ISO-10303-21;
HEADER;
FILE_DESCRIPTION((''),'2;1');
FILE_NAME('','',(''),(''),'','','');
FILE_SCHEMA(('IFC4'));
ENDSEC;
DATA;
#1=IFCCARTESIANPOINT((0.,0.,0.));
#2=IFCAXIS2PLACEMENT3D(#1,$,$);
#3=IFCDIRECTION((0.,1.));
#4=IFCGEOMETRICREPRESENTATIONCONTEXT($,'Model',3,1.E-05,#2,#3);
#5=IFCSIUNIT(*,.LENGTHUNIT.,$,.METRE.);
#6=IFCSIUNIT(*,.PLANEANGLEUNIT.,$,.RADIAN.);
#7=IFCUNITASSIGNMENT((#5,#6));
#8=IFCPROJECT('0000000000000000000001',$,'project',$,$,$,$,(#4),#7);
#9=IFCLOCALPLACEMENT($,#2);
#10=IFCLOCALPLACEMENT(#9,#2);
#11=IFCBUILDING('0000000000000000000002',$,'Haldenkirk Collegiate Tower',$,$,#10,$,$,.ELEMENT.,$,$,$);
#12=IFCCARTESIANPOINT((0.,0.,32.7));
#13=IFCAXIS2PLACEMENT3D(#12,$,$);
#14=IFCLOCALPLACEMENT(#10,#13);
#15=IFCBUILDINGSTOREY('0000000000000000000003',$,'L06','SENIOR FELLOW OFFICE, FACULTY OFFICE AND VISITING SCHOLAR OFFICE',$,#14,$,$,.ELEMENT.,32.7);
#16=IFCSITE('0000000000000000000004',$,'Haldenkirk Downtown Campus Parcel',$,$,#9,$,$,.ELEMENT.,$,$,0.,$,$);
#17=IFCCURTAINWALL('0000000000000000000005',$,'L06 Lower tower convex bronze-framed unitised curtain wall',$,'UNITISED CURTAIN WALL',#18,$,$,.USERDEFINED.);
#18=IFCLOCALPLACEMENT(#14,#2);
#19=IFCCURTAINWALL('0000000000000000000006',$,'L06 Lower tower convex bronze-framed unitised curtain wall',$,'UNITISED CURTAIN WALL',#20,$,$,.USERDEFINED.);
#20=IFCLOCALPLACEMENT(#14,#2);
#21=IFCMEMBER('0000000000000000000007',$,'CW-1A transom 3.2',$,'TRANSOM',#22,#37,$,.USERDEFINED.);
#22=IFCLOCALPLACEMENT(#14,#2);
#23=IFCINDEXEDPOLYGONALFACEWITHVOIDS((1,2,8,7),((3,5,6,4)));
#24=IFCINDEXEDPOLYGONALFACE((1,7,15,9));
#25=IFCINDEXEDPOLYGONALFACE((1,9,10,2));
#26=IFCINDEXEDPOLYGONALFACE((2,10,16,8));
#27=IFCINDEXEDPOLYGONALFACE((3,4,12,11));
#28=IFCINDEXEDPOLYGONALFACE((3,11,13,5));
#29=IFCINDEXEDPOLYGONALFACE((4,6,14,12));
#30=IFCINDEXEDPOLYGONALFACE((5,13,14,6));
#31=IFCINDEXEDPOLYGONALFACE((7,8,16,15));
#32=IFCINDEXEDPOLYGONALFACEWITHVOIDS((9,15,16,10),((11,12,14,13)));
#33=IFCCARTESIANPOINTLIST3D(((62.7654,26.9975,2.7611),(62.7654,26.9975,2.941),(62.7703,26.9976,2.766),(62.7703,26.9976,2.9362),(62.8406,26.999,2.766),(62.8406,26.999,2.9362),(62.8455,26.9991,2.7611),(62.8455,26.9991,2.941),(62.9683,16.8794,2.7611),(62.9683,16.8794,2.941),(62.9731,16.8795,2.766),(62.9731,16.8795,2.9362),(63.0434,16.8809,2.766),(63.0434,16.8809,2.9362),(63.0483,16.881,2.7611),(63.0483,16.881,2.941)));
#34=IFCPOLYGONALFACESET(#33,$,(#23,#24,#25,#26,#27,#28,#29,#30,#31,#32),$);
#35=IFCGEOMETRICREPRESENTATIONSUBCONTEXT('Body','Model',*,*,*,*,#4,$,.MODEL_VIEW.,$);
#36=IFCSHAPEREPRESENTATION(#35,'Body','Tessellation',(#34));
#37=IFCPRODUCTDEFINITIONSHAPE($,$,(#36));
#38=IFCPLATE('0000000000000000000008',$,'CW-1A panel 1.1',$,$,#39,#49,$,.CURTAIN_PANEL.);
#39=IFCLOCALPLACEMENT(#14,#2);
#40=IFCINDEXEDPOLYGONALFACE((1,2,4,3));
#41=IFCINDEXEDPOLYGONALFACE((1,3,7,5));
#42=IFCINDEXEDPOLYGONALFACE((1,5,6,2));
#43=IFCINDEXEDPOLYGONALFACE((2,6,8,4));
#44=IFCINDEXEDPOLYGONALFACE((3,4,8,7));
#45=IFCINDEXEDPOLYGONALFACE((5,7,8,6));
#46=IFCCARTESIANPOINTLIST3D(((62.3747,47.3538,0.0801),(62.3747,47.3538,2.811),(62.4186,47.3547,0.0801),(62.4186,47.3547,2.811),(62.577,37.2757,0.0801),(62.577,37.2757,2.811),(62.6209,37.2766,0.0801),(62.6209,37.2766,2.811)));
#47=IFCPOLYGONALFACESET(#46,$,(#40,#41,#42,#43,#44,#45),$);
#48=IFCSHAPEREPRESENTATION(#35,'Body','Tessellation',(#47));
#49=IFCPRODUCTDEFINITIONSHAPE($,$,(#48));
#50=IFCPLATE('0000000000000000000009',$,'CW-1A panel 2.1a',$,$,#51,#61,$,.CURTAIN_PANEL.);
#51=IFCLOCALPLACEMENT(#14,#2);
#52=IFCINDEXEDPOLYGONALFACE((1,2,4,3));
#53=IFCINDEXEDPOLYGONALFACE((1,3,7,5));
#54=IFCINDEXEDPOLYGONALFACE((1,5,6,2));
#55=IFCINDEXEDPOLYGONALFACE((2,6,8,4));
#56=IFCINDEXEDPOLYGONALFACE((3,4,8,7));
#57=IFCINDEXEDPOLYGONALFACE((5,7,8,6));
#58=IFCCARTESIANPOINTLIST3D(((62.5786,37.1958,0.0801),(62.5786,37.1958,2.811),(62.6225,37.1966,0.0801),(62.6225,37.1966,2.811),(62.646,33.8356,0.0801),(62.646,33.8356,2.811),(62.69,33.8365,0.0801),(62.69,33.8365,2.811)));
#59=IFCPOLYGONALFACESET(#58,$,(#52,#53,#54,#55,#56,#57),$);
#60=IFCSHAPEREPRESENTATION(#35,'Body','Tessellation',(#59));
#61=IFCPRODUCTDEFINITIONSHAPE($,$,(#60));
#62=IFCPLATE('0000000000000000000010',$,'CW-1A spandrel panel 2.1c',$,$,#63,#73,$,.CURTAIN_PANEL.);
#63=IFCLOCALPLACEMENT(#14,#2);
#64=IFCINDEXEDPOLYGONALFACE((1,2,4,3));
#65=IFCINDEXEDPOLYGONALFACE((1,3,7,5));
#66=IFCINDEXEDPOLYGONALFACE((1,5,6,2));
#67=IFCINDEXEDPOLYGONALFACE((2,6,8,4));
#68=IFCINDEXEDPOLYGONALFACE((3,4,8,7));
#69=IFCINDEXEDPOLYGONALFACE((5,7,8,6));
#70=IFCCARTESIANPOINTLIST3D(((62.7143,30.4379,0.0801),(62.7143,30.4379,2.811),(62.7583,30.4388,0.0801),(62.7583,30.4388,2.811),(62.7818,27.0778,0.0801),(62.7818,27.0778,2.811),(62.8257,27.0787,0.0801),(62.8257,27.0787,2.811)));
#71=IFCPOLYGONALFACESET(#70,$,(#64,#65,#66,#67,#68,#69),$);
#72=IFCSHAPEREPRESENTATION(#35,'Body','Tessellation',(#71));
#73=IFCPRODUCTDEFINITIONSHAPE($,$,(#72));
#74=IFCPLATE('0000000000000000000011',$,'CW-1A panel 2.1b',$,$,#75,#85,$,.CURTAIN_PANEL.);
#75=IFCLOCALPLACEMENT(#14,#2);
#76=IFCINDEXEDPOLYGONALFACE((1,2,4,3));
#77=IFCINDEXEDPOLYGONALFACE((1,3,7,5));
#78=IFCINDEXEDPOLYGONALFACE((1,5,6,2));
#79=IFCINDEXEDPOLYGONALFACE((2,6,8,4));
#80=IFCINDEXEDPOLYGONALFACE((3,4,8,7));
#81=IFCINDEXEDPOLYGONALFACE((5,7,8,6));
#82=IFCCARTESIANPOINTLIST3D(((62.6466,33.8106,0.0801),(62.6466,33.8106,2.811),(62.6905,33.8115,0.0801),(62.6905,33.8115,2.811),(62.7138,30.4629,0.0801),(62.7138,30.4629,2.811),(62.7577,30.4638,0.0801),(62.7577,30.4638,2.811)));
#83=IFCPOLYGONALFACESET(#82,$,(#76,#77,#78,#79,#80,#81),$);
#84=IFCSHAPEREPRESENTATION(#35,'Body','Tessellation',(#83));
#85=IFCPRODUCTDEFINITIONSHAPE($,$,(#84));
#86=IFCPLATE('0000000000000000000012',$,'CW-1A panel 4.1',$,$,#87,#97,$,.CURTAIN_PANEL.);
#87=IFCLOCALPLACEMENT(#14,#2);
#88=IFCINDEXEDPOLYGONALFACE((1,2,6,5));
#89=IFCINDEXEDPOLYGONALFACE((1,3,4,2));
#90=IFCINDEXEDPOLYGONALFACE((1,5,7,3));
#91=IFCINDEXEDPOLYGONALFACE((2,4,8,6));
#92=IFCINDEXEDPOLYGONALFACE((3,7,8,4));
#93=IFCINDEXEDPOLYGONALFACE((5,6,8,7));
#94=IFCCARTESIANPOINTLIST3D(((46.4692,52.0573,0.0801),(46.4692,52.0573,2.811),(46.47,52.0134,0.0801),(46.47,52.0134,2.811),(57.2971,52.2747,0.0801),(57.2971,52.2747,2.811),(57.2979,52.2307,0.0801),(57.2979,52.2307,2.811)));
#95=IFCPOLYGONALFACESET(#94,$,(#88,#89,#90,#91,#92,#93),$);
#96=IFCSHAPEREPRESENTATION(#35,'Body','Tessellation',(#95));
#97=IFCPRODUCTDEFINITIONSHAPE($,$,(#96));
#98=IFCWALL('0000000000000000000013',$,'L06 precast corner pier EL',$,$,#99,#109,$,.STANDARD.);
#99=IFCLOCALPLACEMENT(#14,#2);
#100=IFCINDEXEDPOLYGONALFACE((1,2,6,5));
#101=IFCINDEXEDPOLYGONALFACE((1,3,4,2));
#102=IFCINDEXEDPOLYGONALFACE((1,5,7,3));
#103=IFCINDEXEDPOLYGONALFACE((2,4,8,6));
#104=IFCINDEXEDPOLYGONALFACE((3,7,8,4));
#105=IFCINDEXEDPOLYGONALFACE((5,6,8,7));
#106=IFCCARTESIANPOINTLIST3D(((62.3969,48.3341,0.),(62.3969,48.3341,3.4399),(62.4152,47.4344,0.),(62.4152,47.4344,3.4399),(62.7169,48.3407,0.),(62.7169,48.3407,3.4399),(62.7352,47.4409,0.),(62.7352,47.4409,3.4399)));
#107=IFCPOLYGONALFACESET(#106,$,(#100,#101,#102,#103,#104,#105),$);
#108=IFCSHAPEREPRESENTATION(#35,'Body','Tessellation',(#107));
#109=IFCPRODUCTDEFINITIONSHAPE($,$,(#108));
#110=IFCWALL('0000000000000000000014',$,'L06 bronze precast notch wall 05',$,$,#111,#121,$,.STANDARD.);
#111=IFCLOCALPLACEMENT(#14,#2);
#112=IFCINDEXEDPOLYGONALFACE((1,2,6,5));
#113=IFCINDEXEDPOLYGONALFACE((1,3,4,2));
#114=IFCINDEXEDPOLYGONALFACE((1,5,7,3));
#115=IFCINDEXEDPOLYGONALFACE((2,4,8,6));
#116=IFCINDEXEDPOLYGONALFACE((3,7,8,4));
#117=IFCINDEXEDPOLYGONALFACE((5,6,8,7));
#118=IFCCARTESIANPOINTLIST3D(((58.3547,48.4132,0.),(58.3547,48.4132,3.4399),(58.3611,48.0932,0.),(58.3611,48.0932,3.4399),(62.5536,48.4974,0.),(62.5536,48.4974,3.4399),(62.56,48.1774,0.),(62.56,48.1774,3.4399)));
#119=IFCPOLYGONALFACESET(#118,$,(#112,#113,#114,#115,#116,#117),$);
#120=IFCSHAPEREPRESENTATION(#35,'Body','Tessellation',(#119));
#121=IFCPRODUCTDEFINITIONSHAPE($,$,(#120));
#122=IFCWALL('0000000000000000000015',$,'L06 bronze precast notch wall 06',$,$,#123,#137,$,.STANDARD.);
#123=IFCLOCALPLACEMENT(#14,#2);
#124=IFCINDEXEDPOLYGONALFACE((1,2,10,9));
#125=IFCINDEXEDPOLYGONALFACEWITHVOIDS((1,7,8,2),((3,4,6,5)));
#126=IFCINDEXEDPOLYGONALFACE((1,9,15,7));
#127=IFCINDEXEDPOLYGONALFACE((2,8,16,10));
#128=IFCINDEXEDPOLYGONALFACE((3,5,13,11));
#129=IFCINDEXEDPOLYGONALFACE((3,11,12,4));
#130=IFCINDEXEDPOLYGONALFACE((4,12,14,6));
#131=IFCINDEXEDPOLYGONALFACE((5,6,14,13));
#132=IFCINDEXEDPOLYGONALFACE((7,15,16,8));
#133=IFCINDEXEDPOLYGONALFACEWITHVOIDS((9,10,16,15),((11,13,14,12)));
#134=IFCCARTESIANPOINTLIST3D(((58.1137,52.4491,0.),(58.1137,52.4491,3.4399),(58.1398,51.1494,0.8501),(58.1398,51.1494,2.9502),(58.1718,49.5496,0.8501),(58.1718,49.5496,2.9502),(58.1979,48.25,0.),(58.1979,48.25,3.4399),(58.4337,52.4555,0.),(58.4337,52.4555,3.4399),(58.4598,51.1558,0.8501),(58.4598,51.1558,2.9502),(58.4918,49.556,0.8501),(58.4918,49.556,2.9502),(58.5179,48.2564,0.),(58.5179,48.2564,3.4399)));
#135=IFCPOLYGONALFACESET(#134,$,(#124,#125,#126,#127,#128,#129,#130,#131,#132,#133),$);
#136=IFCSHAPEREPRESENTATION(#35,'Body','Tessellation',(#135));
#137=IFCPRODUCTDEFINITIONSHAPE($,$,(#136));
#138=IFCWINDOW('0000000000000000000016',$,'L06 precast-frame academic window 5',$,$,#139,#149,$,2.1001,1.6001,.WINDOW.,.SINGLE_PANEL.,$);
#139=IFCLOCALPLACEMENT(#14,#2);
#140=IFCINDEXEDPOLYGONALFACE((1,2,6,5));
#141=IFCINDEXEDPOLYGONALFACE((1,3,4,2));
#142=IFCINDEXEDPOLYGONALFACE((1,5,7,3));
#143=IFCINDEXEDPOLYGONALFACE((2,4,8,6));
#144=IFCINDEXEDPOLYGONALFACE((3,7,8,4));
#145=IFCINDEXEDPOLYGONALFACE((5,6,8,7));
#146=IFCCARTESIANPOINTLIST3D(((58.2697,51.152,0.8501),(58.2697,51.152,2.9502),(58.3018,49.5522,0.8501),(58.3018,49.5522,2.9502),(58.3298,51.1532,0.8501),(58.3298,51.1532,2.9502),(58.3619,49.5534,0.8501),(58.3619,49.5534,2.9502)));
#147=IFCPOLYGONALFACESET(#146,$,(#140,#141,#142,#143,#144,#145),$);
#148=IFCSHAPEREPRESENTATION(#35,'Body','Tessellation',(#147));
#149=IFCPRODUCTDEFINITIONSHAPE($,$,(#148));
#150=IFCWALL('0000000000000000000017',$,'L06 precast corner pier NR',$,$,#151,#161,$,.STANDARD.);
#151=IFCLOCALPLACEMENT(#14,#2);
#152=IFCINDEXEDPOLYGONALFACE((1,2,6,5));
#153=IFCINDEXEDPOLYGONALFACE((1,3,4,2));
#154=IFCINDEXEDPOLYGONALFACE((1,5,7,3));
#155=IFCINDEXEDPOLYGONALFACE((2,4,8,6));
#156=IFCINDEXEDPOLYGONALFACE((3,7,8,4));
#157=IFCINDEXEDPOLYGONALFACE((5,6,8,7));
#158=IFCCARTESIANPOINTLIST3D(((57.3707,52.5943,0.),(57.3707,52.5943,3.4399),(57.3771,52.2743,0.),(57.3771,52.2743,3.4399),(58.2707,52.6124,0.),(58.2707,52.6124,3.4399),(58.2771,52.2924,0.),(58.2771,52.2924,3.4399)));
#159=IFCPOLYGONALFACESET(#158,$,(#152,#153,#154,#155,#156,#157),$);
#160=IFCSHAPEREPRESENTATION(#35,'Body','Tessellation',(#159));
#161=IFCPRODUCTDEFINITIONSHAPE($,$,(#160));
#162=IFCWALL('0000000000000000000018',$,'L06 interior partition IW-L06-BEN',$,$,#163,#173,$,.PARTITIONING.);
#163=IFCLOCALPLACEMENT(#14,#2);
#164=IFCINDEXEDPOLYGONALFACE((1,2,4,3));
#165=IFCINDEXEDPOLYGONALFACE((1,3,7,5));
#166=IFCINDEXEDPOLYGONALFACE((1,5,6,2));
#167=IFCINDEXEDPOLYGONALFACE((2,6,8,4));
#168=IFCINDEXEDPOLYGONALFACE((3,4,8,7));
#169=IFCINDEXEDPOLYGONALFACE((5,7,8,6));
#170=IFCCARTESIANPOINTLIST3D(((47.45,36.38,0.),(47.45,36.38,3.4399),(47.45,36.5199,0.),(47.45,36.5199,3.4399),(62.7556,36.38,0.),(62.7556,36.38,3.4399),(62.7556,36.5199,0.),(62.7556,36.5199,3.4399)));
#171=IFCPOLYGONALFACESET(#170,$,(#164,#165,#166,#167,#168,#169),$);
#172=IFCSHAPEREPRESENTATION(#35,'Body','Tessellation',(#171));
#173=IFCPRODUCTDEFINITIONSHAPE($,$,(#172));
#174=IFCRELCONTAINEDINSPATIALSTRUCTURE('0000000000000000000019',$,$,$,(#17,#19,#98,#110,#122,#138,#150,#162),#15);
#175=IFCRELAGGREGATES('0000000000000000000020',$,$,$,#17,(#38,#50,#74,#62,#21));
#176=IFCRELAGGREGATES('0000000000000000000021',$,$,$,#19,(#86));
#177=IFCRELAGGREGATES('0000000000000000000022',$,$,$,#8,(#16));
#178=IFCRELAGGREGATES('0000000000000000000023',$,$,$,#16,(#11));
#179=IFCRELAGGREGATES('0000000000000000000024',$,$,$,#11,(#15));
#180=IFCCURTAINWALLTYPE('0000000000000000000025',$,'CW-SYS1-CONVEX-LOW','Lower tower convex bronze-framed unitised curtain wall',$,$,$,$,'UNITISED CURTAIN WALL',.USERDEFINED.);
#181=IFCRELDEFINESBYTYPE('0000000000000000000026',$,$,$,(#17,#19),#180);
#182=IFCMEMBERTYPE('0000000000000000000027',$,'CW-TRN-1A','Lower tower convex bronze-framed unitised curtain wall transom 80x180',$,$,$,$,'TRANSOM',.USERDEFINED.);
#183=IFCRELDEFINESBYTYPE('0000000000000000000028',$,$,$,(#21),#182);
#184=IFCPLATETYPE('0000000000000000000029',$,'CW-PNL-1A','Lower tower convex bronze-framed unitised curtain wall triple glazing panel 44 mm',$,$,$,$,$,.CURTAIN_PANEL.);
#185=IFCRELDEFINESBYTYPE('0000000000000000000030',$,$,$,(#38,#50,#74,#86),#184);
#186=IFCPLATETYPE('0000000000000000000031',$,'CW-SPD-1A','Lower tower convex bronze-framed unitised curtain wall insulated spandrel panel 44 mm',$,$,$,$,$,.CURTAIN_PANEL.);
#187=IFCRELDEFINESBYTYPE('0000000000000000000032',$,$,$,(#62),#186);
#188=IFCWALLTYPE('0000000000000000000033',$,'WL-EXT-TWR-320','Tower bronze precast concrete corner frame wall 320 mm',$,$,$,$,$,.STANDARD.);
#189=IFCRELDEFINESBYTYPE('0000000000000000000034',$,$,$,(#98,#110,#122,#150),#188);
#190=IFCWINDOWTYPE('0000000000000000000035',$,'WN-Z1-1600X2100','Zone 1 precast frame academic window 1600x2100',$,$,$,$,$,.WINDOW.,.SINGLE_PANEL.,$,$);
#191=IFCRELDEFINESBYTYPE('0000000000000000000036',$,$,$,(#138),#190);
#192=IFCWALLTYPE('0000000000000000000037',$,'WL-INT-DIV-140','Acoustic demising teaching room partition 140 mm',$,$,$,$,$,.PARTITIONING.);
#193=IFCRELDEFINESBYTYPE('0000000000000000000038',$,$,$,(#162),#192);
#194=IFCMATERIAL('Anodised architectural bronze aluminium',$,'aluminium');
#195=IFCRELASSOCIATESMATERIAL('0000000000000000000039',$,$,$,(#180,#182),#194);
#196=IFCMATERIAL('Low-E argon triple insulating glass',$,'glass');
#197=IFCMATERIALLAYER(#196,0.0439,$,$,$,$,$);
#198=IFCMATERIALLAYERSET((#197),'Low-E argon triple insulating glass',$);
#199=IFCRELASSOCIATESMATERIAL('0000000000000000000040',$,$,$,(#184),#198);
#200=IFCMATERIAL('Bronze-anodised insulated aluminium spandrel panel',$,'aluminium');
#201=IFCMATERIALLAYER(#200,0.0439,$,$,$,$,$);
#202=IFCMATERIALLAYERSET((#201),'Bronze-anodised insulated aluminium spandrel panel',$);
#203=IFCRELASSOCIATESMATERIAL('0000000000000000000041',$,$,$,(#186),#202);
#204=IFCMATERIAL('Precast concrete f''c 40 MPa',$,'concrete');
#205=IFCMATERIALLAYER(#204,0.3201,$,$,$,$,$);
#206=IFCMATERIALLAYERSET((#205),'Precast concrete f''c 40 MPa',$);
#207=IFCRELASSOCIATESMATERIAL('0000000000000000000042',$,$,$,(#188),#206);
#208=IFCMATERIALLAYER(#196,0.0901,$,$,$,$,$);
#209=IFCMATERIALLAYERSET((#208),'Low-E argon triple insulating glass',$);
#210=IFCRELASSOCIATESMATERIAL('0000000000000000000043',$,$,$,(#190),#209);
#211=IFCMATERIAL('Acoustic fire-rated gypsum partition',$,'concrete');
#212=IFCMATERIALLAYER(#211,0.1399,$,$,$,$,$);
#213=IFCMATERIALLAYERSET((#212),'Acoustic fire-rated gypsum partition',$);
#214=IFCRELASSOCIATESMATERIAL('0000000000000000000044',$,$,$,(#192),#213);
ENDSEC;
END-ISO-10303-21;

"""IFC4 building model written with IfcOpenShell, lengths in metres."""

from ifc_helpers import new_model, si_unit, direction, frame, frame_2d, origin, origin_2d, place, context, subcontext, project, spatial, rectangle, hollow_rectangle, extrude, source, transform, mapped, material, layer, layer_set, material_profile, profile_set, type_object, element, fill, aggregate, save


model = new_model("IFC4")

# Units and contexts
model_context = context("Model", 3, precision=1e-05, world=origin(), true_north=direction((0.0, 1.0)))
body_context = subcontext(model_context, "Body", "Model", "MODEL_VIEW")
ifc_project = project(units=[si_unit("LENGTHUNIT", "METRE"), si_unit("PLANEANGLEUNIT", "RADIAN")], contexts=[model_context])

# Site, building, storey
site_placement = place(None, origin())
site = spatial("IfcSite", under=ifc_project, at=site_placement, Name="Haldenkirk Downtown Campus Parcel", CompositionType="ELEMENT", RefElevation=0.0)
building_placement = place(site_placement, origin())
building = spatial("IfcBuilding", under=site, at=building_placement, Name="Haldenkirk Collegiate Tower", CompositionType="ELEMENT")
storey_placement = place(building_placement, frame((0.0, 0.0, 32.7)))
storey = spatial("IfcBuildingStorey", under=building, at=storey_placement, Name="L06", Description="SENIOR FELLOW OFFICE, FACULTY OFFICE AND VISITING SCHOLAR OFFICE", CompositionType="ELEMENT", Elevation=32.7)

# Curtain wall
ifc_material_1 = material(Name="Anodised architectural bronze aluminium", Category="aluminium")
curtain_wall_type = type_object("IfcCurtainWallType", Name="CW-SYS1-CONVEX-LOW", Description="Lower tower convex bronze-framed unitised curtain wall", ElementType="UNITISED CURTAIN WALL", PredefinedType="USERDEFINED", material=ifc_material_1)
curtain_wall_1_placement = place(storey_placement, origin())
curtain_wall_1 = element("IfcCurtainWall", 1, at=curtain_wall_1_placement, inside=storey, type_object=curtain_wall_type, Name="L06 Lower tower convex bronze-framed unitised curtain wall", ObjectType="UNITISED CURTAIN WALL", PredefinedType="USERDEFINED")

# Curtain wall
curtain_wall_2_placement = place(storey_placement, origin())
curtain_wall_2 = element("IfcCurtainWall", 2, at=curtain_wall_2_placement, inside=storey, type_object=curtain_wall_type, Name="L06 Lower tower convex bronze-framed unitised curtain wall", ObjectType="UNITISED CURTAIN WALL", PredefinedType="USERDEFINED")

# Member
ifc_material_profile_1 = material_profile(ifc_material_1, hollow_rectangle(XDim=0.0801, YDim=0.1799, WallThickness=0.0049, at=origin_2d()), Name="CW-TRN-1A")
ifc_profile_set_1 = profile_set([ifc_material_profile_1], Name="Anodised architectural bronze aluminium")
member_type_1 = type_object("IfcMemberType", Name="CW-TRN-1A", Description="Lower tower convex bronze-framed unitised curtain wall transom 80x180", ElementType="TRANSOM", PredefinedType="USERDEFINED", material=ifc_profile_set_1)
member_1_placement = place(storey_placement, frame((62.8054, 26.9983, 2.8511), z_axis=(0.020047, -0.999799, 0.0), x_axis=(0.999799, 0.020047, 0.0)))
member_1 = element("IfcMember", 3, at=member_1_placement, type_object=member_type_1, Name="CW-1A transom 3.2", ObjectType="TRANSOM", PredefinedType="USERDEFINED", context=body_context, shape_type="SweptSolid", body=[
    extrude(hollow_rectangle(XDim=0.0801, YDim=0.1799, WallThickness=0.0049, at=origin_2d()), origin(), (0.0, 0.0, 1.0), 10.1201),
])

# Plates
ifc_material_2 = material(Name="Low-E argon triple insulating glass", Category="glass")
ifc_layer_1 = layer(ifc_material_2, 0.0439)
ifc_layer_set_1 = layer_set([ifc_layer_1], Name="Low-E argon triple insulating glass")
plate_type_1 = type_object("IfcPlateType", Name="CW-PNL-1A", Description="Lower tower convex bronze-framed unitised curtain wall triple glazing panel 44 mm", PredefinedType="CURTAIN_PANEL", material=ifc_layer_set_1)
shared_shape_1 = source(origin(), body_context, "Body", "SweptSolid", [
    extrude(rectangle(XDim=10.0801, YDim=0.0439, at=origin_2d()), origin(), (0.0, 0.0, 1.0), 2.731),
])
plate_1_placement = place(storey_placement, frame((62.4978, 42.3152, 0.0801), z_axis=(0.0, 0.0, 1.0), x_axis=(0.020069, -0.999799, 0.0)))
plate_1 = element("IfcPlate", 4, at=plate_1_placement, type_object=plate_type_1, Name="CW-1A panel 1.1", PredefinedType="CURTAIN_PANEL", context=body_context, shape_type="MappedRepresentation", body=[
    mapped(shared_shape_1, transform((0.0, 0.0, 0.0), x_axis=(1.0, 0.0, 0.0), y_axis=(0.0, 1.0, 0.0), z_axis=(0.0, 0.0, 1.0), scale=1.0)),
])
shared_shape_2 = source(origin(), body_context, "Body", "SweptSolid", [
    extrude(rectangle(XDim=3.3608, YDim=0.0439, at=origin_2d()), origin(), (0.0, 0.0, 1.0), 2.731),
])
plate_2_placement = place(storey_placement, frame((62.6343, 35.5161, 0.0801), z_axis=(0.0, 0.0, 1.0), x_axis=(0.020069, -0.999799, 0.0)))
plate_2 = element("IfcPlate", 5, at=plate_2_placement, type_object=plate_type_1, Name="CW-1A panel 2.1a", PredefinedType="CURTAIN_PANEL", context=body_context, shape_type="MappedRepresentation", body=[
    mapped(shared_shape_2, transform((0.0, 0.0, 0.0), x_axis=(1.0, 0.0, 0.0), y_axis=(0.0, 1.0, 0.0), z_axis=(0.0, 0.0, 1.0), scale=1.0)),
])
ifc_material_3 = material(Name="Bronze-anodised insulated aluminium spandrel panel", Category="aluminium")
ifc_layer_2 = layer(ifc_material_3, 0.0439)
ifc_layer_set_2 = layer_set([ifc_layer_2], Name="Bronze-anodised insulated aluminium spandrel panel")
plate_type_2 = type_object("IfcPlateType", Name="CW-SPD-1A", Description="Lower tower convex bronze-framed unitised curtain wall insulated spandrel panel 44 mm", PredefinedType="CURTAIN_PANEL", material=ifc_layer_set_2)
plate_3_placement = place(storey_placement, frame((62.77, 28.7583, 0.0801), z_axis=(0.0, 0.0, 1.0), x_axis=(0.020069, -0.999799, 0.0)))
plate_3 = element("IfcPlate", 6, at=plate_3_placement, type_object=plate_type_2, Name="CW-1A spandrel panel 2.1c", PredefinedType="CURTAIN_PANEL", context=body_context, shape_type="MappedRepresentation", body=[
    mapped(shared_shape_2, transform((0.0, 0.0, 0.0), x_axis=(1.0, 0.0, 0.0), y_axis=(0.0, 1.0, 0.0), z_axis=(0.0, 0.0, 1.0), scale=1.0)),
])
shared_shape_3 = source(origin(), body_context, "Body", "SweptSolid", [
    extrude(rectangle(XDim=3.3484, YDim=0.0439, at=origin_2d()), origin(), (0.0, 0.0, 1.0), 2.731),
])
plate_4_placement = place(storey_placement, frame((62.7021, 32.1372, 0.0801), z_axis=(0.0, 0.0, 1.0), x_axis=(0.020069, -0.999799, 0.0)))
plate_4 = element("IfcPlate", 7, at=plate_4_placement, type_object=plate_type_1, Name="CW-1A panel 2.1b", PredefinedType="CURTAIN_PANEL", context=body_context, shape_type="MappedRepresentation", body=[
    mapped(shared_shape_3, transform((0.0, 0.0, 0.0), x_axis=(1.0, 0.0, 0.0), y_axis=(0.0, 1.0, 0.0), z_axis=(0.0, 0.0, 1.0), scale=1.0)),
])
aggregate(curtain_wall_1, [plate_1, plate_2, plate_4, plate_3, member_1])
shared_shape_4 = source(origin(), body_context, "Body", "SweptSolid", [
    extrude(rectangle(XDim=10.8301, YDim=0.0439, at=origin_2d()), origin(), (0.0, 0.0, 1.0), 2.731),
])
plate_5_placement = place(storey_placement, frame((51.8835, 52.144, 0.0801), z_axis=(0.0, 0.0, 1.0), x_axis=(0.999799, 0.020068, 0.0)))
plate_5 = element("IfcPlate", 8, at=plate_5_placement, type_object=plate_type_1, Name="CW-1A panel 4.1", PredefinedType="CURTAIN_PANEL", context=body_context, shape_type="MappedRepresentation", body=[
    mapped(shared_shape_4, transform((0.0, 0.0, 0.0), x_axis=(1.0, 0.0, 0.0), y_axis=(0.0, 1.0, 0.0), z_axis=(0.0, 0.0, 1.0), scale=1.0)),
])
aggregate(curtain_wall_2, [plate_5])

# Walls
ifc_material_4 = material(Name="Precast concrete f'c 40 MPa", Category="concrete")
ifc_layer_3 = layer(ifc_material_4, 0.3201)
ifc_layer_set_3 = layer_set([ifc_layer_3], Name="Precast concrete f'c 40 MPa")
wall_type_1 = type_object("IfcWallType", Name="WL-EXT-TWR-320", Description="Tower bronze precast concrete corner frame wall 320 mm", PredefinedType="STANDARD", material=ifc_layer_set_3)
wall_1_placement = place(storey_placement, frame((62.5569, 48.3374, 0.0), z_axis=(0.0, 0.0, 1.0), x_axis=(0.020349, -0.999793, 0.0)))
element("IfcWall", 9, at=wall_1_placement, inside=storey, type_object=wall_type_1, Name="L06 precast corner pier EL", PredefinedType="STANDARD", context=body_context, shape_type="SweptSolid", body=[
    extrude(rectangle(XDim=0.8999, YDim=0.3201, at=frame_2d((0.45, 0.0))), origin(), (0.0, 0.0, 1.0), 3.4399),
])
wall_2_placement = place(storey_placement, frame((58.3579, 48.2532, 0.0), z_axis=(0.0, 0.0, 1.0), x_axis=(0.999799, 0.020055, 0.0)))
element("IfcWall", 10, at=wall_2_placement, inside=storey, type_object=wall_type_1, Name="L06 bronze precast notch wall 05", PredefinedType="STANDARD", context=body_context, shape_type="SweptSolid", body=[
    extrude(rectangle(XDim=4.1997, YDim=0.3201, at=frame_2d((2.0999, 0.0))), origin(), (0.0, 0.0, 1.0), 3.4399),
])

# Wall, opening, window
wall_3_placement = place(storey_placement, frame((58.2737, 52.4524, 0.0), z_axis=(0.0, 0.0, 1.0), x_axis=(0.020054, -0.999799, 0.0)))
wall_3 = element("IfcWall", 11, at=wall_3_placement, inside=storey, type_object=wall_type_1, Name="L06 bronze precast notch wall 06", PredefinedType="STANDARD", context=body_context, shape_type="SweptSolid", body=[
    extrude(rectangle(XDim=4.2, YDim=0.3201, at=frame_2d((2.1001, 0.0))), origin(), (0.0, 0.0, 1.0), 3.4399),
])
opening_placement = place(wall_3_placement, frame((1.3, 0.0, 0.8501)))
opening = element("IfcOpeningElement", 12, at=opening_placement, cuts=wall_3, PredefinedType="OPENING", context=body_context, shape_type="SweptSolid", body=[
    extrude(rectangle(XDim=1.6001, YDim=2.1001, at=frame_2d((0.8, 1.05))), frame((0.0, 0.1699, 0.0), z_axis=(0.0, -1.0, 0.0), x_axis=(1.0, 0.0, 0.0)), (0.0, 0.0, 1.0), 0.3401),
])
ifc_layer_4 = layer(ifc_material_2, 0.0901)
ifc_layer_set_4 = layer_set([ifc_layer_4], Name="Low-E argon triple insulating glass")
window_type = type_object("IfcWindowType", Name="WN-Z1-1600X2100", Description="Zone 1 precast frame academic window 1600x2100", PartitioningType="SINGLE_PANEL", PredefinedType="WINDOW", material=ifc_layer_set_4)
window_placement = place(opening_placement, origin())
window = element("IfcWindow", 13, at=window_placement, inside=storey, type_object=window_type, Name="L06 precast-frame academic window 5", OverallHeight=2.1001, OverallWidth=1.6001, PartitioningType="SINGLE_PANEL", PredefinedType="WINDOW", context=body_context, shape_type="SweptSolid", body=[
    extrude(rectangle(XDim=1.6001, YDim=2.1001, at=frame_2d((0.8, 1.05))), frame((0.0, 0.03, 0.0), z_axis=(0.0, -1.0, 0.0), x_axis=(1.0, 0.0, 0.0)), (0.0, 0.0, 1.0), 0.0601),
])
fill(opening, window)

# Walls
wall_4_placement = place(storey_placement, frame((57.3738, 52.4343, 0.0), z_axis=(0.0, 0.0, 1.0), x_axis=(0.999799, 0.020072, 0.0)))
element("IfcWall", 14, at=wall_4_placement, inside=storey, type_object=wall_type_1, Name="L06 precast corner pier NR", PredefinedType="STANDARD", context=body_context, shape_type="SweptSolid", body=[
    extrude(rectangle(XDim=0.9001, YDim=0.3201, at=frame_2d((0.4502, 0.0))), origin(), (0.0, 0.0, 1.0), 3.4399),
])
ifc_material_5 = material(Name="Acoustic fire-rated gypsum partition", Category="concrete")
ifc_layer_5 = layer(ifc_material_5, 0.1399)
ifc_layer_set_5 = layer_set([ifc_layer_5], Name="Acoustic fire-rated gypsum partition")
wall_type_2 = type_object("IfcWallType", Name="WL-INT-DIV-140", Description="Acoustic demising teaching room partition 140 mm", PredefinedType="PARTITIONING", material=ifc_layer_set_5)
wall_5_placement = place(storey_placement, frame((47.45, 36.45, 0.0), z_axis=(0.0, 0.0, 1.0), x_axis=(1.0, 0.0, 0.0)))
element("IfcWall", 15, at=wall_5_placement, inside=storey, type_object=wall_type_2, Name="L06 interior partition IW-L06-BEN", PredefinedType="PARTITIONING", context=body_context, shape_type="SweptSolid", body=[
    extrude(rectangle(XDim=15.3057, YDim=0.1399, at=frame_2d((7.6528, 0.0))), origin(), (0.0, 0.0, 1.0), 3.4399),
])

save(model, "model.ifc")
